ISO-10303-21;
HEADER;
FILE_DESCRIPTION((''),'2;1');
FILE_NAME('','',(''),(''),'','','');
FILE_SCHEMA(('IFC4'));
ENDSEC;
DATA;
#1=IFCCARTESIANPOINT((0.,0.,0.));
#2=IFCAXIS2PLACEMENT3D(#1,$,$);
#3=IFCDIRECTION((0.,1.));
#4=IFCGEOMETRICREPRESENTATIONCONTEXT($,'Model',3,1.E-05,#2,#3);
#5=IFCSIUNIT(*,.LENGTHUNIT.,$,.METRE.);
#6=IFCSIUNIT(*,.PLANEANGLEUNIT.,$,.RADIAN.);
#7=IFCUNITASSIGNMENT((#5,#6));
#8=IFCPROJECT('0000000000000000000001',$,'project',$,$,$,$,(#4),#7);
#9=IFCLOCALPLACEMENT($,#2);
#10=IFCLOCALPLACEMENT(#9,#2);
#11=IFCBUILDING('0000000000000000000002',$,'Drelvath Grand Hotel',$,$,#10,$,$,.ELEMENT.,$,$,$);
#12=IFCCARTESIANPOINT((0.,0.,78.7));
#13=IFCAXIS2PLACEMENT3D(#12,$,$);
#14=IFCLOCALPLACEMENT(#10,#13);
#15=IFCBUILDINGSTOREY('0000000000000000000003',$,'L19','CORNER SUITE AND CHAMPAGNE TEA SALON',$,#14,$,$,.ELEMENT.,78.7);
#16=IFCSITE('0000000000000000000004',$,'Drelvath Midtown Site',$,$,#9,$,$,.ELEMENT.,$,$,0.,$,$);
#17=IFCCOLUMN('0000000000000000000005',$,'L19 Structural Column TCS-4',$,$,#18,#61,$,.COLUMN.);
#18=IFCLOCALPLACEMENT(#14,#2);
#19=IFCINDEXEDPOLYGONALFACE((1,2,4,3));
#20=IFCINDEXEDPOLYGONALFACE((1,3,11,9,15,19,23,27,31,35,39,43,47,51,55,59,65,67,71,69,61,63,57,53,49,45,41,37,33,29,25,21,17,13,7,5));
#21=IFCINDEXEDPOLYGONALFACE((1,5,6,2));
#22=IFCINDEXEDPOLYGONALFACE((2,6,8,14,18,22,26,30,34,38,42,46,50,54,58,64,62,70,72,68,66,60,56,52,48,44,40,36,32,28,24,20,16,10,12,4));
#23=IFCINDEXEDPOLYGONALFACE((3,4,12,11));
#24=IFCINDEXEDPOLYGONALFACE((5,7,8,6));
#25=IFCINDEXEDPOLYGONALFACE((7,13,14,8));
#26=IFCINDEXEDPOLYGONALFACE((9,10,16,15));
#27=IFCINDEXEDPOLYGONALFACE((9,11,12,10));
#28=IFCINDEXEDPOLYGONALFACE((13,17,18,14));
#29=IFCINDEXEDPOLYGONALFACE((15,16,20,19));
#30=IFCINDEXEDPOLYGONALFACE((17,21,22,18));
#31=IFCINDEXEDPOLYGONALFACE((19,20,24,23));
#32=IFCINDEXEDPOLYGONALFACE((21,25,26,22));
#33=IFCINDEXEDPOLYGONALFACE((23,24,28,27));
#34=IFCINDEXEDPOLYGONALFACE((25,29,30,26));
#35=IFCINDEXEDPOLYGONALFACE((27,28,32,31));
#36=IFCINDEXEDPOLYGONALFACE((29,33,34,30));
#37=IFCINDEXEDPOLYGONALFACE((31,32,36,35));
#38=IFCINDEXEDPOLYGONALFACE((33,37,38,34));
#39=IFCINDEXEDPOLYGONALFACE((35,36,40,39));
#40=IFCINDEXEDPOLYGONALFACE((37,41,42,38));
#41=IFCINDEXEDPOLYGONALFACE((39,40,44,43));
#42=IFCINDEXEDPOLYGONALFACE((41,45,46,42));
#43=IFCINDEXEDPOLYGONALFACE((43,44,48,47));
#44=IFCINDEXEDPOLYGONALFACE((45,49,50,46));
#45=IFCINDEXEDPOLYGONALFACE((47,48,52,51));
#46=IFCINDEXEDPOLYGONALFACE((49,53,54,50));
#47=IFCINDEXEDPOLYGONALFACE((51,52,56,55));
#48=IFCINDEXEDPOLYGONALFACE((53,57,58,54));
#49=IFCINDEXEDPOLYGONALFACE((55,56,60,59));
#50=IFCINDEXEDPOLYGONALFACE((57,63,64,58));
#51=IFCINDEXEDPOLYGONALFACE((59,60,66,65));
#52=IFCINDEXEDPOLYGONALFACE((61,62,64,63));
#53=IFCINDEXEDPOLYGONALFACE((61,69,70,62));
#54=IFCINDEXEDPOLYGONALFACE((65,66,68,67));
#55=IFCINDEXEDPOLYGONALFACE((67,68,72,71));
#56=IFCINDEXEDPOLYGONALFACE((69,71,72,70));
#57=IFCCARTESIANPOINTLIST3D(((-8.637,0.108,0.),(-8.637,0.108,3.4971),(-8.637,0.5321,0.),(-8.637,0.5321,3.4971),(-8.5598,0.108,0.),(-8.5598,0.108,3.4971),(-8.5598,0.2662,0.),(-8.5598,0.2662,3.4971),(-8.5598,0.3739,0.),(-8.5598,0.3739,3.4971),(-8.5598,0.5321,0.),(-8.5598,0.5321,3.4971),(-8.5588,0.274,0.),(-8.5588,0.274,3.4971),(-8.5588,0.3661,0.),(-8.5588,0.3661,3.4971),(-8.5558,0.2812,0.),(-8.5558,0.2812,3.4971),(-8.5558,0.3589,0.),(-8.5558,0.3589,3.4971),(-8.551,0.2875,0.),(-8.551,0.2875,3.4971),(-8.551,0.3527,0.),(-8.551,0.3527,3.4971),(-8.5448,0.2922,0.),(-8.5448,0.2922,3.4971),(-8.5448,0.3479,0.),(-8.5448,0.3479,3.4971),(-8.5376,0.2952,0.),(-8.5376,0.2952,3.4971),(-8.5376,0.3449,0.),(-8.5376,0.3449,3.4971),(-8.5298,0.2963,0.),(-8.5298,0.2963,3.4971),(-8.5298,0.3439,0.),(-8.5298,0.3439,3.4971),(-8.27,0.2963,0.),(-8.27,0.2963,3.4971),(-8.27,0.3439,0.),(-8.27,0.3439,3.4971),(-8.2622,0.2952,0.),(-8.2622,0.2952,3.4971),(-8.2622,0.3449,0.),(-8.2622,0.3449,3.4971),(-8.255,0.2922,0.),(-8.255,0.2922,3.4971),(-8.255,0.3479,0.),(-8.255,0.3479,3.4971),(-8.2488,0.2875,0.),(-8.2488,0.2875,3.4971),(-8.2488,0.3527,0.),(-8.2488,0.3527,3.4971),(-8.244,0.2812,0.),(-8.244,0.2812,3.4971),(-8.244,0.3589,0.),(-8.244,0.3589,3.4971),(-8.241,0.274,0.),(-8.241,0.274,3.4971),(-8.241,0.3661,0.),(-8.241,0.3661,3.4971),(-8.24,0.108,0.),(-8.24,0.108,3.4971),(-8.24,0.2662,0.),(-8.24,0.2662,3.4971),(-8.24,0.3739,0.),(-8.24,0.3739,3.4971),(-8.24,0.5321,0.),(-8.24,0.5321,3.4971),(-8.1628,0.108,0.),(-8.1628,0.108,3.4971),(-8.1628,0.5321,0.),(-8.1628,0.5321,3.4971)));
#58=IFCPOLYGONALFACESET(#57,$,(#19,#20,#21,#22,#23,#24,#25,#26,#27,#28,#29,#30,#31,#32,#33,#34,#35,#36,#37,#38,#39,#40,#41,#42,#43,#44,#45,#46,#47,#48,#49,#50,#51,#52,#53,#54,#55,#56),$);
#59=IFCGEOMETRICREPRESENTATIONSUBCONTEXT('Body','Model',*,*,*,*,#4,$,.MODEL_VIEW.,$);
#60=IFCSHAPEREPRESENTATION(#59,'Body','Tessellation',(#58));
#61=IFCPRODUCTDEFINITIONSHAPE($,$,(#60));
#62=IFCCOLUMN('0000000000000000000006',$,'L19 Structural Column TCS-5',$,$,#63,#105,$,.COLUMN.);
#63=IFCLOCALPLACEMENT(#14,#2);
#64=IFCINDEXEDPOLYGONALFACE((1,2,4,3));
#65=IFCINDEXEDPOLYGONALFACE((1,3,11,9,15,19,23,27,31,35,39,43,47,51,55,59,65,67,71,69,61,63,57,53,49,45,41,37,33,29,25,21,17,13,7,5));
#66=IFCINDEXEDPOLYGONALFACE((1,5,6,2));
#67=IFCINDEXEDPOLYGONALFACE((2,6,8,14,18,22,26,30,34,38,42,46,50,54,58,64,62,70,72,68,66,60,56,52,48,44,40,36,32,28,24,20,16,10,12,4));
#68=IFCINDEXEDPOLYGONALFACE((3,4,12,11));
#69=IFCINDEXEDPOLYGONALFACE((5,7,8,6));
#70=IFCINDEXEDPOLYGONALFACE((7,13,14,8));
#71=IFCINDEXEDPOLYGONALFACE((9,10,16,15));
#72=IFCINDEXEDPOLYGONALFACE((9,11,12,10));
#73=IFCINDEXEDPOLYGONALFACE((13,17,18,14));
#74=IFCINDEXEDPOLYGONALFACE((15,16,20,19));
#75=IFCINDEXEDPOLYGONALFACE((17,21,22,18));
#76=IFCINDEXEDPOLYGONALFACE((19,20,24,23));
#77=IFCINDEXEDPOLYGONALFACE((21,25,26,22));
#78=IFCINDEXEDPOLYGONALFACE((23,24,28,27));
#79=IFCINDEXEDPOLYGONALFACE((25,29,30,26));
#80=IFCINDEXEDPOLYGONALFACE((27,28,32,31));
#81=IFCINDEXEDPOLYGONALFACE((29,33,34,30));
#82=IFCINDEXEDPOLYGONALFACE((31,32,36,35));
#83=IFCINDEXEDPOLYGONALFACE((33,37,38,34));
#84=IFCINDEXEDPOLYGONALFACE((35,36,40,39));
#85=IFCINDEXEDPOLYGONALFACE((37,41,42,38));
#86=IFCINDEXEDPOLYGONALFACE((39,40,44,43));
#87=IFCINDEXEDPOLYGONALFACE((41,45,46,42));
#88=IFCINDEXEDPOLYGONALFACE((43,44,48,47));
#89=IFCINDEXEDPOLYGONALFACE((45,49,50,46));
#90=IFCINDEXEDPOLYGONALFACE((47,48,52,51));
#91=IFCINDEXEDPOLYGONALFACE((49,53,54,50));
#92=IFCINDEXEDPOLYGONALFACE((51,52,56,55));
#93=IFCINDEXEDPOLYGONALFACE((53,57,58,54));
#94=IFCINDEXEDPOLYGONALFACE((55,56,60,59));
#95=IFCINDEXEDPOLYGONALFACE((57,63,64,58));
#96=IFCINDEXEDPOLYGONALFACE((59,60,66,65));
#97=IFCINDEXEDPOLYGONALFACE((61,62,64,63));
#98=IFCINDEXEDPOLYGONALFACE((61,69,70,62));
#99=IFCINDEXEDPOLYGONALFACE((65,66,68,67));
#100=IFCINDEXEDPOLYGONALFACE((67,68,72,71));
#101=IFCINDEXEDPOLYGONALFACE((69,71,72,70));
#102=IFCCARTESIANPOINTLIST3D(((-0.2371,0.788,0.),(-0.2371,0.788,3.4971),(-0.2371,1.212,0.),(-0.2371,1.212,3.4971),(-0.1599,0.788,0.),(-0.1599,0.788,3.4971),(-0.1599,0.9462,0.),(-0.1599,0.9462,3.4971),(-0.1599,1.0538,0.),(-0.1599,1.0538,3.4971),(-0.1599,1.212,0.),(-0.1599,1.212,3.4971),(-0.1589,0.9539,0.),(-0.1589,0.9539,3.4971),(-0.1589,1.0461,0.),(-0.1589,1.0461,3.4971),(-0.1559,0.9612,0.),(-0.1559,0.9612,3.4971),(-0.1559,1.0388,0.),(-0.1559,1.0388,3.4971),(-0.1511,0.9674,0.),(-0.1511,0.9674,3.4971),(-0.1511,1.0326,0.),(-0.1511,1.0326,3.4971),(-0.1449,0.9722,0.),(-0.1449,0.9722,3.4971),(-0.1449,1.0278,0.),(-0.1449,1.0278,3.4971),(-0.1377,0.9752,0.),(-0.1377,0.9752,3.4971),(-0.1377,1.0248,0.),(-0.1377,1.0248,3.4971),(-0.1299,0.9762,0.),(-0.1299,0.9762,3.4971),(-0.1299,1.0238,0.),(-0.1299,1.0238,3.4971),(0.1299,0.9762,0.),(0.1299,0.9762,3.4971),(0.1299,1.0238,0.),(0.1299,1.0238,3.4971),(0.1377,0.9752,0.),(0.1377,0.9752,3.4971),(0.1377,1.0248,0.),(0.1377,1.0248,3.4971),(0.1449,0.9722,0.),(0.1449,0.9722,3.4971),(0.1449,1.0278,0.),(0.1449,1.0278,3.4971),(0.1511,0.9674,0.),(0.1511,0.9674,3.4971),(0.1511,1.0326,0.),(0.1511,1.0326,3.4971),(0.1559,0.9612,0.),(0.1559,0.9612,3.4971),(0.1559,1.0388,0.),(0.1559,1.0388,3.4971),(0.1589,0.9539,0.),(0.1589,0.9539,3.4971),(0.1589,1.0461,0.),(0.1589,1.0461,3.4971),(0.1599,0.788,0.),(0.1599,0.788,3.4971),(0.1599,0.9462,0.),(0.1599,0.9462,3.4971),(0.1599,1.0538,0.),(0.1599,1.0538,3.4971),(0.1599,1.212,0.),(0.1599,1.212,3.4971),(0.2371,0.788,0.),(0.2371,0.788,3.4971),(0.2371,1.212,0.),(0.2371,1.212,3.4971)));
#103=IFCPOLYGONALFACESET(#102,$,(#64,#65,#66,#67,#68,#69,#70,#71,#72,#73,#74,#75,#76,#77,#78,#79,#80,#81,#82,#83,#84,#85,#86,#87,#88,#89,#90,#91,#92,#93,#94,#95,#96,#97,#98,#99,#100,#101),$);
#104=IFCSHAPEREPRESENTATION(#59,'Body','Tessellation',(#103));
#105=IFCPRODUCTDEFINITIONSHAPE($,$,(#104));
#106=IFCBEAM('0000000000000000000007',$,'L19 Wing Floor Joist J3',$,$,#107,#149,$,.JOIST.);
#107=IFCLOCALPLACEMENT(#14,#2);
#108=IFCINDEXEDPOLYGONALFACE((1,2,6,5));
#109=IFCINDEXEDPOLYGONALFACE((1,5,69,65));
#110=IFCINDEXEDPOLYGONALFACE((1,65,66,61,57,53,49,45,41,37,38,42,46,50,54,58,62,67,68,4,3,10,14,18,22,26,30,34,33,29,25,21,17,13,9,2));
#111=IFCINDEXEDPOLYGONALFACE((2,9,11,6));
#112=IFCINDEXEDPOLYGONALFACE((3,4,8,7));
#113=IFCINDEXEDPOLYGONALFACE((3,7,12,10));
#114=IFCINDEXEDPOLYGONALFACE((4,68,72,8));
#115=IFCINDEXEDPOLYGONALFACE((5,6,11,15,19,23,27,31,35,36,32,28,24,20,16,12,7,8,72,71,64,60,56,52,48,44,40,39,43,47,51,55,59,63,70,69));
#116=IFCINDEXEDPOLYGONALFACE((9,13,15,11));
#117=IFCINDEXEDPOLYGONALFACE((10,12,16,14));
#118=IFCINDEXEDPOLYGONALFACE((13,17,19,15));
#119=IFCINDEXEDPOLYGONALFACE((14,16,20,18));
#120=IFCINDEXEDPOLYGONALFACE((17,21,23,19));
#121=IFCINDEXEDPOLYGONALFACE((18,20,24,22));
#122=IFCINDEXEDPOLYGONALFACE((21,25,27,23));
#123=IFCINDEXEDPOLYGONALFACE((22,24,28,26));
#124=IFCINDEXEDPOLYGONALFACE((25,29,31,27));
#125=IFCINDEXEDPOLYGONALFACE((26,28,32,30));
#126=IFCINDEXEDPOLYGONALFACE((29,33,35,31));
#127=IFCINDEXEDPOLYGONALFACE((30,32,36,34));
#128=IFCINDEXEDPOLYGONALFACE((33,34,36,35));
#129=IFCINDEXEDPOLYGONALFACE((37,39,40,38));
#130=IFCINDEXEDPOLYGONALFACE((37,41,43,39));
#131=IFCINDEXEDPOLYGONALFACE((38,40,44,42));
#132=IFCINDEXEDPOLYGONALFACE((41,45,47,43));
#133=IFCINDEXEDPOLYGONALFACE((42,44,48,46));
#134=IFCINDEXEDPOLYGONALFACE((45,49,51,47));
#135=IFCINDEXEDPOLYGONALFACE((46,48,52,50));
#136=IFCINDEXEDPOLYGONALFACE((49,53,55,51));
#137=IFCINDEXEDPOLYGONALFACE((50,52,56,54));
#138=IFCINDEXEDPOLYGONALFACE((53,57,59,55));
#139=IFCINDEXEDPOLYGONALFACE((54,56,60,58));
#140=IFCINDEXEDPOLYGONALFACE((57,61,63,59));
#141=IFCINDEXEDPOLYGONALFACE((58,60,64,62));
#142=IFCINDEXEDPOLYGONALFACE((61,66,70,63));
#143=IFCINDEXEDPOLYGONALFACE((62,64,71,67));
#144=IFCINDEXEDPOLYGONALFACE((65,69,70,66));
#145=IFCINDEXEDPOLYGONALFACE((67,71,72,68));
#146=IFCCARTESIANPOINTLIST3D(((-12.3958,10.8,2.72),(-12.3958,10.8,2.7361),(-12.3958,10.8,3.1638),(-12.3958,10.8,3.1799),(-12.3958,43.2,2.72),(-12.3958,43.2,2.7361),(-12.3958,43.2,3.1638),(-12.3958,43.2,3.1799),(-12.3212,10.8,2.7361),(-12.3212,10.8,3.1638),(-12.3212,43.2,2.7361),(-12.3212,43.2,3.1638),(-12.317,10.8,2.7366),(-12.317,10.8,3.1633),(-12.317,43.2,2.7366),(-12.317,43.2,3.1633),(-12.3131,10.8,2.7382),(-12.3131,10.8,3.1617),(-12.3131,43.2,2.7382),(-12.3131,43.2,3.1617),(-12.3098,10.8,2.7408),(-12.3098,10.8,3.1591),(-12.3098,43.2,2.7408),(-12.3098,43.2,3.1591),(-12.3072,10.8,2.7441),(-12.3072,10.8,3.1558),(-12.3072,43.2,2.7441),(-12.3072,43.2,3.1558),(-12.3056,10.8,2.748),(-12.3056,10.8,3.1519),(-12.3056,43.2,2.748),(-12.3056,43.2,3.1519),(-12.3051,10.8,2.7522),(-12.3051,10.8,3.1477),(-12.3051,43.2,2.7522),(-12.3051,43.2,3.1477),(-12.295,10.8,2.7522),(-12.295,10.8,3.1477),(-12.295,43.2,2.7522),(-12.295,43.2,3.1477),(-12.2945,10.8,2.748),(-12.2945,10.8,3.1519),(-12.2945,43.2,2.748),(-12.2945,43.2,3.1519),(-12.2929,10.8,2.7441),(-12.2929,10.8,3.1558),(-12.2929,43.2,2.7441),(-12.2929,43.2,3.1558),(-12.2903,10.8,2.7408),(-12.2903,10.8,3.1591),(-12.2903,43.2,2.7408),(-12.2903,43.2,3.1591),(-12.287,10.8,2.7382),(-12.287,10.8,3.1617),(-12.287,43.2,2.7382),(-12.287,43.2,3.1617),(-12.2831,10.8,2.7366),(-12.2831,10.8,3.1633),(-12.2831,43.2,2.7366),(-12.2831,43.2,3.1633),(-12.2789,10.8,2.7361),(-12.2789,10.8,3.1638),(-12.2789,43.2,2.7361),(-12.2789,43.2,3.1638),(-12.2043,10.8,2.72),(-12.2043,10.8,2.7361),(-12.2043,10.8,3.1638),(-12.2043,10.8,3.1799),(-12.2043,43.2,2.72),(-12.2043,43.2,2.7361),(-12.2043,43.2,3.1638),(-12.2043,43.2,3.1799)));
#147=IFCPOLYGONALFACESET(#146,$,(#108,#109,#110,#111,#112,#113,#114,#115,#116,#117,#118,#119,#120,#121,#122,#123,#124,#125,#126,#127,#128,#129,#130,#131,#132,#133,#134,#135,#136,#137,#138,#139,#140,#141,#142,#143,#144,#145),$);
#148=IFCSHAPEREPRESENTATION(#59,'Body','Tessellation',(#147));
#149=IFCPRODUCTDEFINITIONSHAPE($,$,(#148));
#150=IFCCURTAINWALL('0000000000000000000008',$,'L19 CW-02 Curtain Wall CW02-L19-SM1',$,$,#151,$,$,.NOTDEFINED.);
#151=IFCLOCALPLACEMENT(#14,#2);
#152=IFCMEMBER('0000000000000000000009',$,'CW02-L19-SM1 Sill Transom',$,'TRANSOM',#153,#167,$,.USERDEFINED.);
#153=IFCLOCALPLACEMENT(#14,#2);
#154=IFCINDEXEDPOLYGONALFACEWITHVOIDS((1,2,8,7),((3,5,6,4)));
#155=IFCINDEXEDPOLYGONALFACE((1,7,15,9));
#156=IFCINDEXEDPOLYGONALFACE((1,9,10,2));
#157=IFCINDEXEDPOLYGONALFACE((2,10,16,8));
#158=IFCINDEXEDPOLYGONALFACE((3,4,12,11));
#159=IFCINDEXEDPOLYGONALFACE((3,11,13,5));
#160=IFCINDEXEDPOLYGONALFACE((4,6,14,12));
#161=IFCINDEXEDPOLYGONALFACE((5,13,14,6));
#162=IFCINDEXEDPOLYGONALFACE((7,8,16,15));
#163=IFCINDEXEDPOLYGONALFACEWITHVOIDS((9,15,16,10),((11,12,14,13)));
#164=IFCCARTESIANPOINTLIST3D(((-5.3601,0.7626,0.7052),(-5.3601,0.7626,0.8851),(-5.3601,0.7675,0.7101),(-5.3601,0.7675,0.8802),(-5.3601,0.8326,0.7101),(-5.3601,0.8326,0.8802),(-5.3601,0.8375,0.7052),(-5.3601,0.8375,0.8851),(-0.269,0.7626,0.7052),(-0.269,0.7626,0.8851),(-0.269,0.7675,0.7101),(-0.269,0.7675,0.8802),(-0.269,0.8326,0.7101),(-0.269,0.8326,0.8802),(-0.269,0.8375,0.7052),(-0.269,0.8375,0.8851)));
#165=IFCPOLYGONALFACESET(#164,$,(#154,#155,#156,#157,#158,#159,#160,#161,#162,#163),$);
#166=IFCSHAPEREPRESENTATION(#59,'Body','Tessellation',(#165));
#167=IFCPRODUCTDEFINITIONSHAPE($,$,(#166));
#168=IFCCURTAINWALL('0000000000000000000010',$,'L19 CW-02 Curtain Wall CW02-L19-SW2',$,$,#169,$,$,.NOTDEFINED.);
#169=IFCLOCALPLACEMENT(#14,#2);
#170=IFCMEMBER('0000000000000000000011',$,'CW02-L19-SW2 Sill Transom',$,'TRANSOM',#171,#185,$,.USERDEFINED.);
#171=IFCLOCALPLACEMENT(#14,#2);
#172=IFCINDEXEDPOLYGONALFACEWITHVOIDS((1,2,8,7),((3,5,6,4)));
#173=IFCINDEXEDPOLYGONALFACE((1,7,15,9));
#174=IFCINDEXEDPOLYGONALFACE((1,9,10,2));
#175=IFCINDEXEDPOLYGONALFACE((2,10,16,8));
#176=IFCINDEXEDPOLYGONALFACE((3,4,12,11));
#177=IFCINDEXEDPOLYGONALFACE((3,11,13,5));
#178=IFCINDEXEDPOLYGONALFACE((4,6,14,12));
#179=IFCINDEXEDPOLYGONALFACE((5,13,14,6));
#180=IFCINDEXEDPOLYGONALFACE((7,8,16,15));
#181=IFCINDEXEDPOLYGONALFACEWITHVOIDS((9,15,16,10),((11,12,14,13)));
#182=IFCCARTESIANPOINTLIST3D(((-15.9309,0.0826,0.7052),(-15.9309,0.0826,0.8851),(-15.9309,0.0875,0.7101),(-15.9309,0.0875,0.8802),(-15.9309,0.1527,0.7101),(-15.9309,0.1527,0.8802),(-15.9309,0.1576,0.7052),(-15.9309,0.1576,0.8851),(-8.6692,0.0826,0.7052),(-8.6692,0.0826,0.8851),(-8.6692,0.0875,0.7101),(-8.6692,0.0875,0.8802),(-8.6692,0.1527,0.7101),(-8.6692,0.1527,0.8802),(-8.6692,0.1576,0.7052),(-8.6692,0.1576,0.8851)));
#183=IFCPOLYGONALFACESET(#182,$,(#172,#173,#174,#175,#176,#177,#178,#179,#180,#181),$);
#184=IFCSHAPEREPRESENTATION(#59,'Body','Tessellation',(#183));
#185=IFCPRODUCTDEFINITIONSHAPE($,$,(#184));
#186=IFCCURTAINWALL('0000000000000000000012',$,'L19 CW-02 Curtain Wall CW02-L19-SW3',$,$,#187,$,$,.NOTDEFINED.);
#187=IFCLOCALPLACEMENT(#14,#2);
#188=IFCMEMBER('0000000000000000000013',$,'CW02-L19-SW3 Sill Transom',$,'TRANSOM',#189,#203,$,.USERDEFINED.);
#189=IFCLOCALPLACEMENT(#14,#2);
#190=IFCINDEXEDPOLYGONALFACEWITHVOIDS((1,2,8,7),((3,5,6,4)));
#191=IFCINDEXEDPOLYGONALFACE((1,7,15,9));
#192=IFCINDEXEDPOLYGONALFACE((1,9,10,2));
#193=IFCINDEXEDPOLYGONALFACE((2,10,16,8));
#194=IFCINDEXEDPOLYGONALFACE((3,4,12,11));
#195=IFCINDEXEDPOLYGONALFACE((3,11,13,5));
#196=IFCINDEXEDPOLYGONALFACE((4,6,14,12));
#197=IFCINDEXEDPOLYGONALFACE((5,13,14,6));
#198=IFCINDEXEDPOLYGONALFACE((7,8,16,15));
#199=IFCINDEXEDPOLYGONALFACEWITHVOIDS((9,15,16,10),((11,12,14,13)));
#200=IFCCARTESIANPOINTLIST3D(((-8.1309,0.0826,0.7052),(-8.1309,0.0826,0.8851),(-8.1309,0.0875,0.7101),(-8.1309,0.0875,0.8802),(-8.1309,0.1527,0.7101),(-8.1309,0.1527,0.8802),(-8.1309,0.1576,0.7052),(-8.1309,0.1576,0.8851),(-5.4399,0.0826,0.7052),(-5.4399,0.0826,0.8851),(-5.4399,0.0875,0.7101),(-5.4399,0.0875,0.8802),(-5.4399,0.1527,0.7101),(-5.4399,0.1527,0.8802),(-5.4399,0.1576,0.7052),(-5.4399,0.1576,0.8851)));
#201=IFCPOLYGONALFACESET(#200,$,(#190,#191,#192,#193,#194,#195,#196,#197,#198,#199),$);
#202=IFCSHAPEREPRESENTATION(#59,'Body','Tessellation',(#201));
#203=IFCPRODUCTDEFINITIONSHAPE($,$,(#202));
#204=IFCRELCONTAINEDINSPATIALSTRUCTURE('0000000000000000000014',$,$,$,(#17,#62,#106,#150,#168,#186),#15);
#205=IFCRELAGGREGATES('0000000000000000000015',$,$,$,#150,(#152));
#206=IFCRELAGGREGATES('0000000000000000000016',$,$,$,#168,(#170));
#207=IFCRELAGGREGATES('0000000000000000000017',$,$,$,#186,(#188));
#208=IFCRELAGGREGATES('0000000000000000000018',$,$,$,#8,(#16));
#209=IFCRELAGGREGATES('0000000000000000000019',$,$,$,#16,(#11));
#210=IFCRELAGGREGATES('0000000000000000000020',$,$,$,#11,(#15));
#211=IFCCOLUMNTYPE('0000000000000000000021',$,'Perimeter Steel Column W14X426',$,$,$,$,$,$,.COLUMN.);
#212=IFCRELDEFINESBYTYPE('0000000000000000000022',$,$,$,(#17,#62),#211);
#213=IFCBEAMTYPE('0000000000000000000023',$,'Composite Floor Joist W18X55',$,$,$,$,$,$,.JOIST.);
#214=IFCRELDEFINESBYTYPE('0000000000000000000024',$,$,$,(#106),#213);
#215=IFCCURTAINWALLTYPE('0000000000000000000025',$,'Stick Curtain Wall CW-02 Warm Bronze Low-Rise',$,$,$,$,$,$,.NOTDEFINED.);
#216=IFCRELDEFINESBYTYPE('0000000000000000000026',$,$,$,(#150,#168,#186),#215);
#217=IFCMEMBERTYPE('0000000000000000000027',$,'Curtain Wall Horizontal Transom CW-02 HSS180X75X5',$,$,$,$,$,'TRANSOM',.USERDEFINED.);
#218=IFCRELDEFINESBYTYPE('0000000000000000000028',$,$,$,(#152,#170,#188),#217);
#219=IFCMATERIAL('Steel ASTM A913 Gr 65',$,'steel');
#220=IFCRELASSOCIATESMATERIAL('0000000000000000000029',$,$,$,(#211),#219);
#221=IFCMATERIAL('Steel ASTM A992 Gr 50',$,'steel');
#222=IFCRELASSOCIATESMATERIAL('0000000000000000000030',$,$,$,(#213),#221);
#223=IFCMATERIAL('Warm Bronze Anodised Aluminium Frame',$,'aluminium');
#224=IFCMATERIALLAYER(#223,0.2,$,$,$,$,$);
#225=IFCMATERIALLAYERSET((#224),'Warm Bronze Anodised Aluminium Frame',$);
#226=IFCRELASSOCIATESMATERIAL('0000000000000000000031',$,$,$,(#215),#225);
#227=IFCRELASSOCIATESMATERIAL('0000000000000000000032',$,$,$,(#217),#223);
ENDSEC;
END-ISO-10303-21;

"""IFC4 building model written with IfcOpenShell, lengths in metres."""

from ifc_helpers import new_model, si_unit, direction, frame, origin, origin_2d, place, context, subcontext, project, spatial, hollow_rectangle, i_section, extrude, material, layer, layer_set, material_profile, profile_set, type_object, element, aggregate, save


model = new_model("IFC4")

# Units and contexts
model_context = context("Model", 3, precision=1e-05, world=origin(), true_north=direction((0.0, 1.0)))
body_context = subcontext(model_context, "Body", "Model", "MODEL_VIEW")
ifc_project = project(units=[si_unit("LENGTHUNIT", "METRE"), si_unit("PLANEANGLEUNIT", "RADIAN")], contexts=[model_context])

# Site, building, storey
site_placement = place(None, origin())
site = spatial("IfcSite", under=ifc_project, at=site_placement, Name="Drelvath Midtown Site", CompositionType="ELEMENT", RefElevation=0.0)
building_placement = place(site_placement, origin())
building = spatial("IfcBuilding", under=site, at=building_placement, Name="Drelvath Grand Hotel", CompositionType="ELEMENT")
storey_placement = place(building_placement, frame((0.0, 0.0, 78.7)))
storey = spatial("IfcBuildingStorey", under=building, at=storey_placement, Name="L19", Description="CORNER SUITE AND CHAMPAGNE TEA SALON", CompositionType="ELEMENT", Elevation=78.7)

# Columns
ifc_material_1 = material(Name="Steel ASTM A913 Gr 65", Category="steel")
ifc_material_profile_1 = material_profile(ifc_material_1, i_section(OverallWidth=0.4241, OverallDepth=0.4741, WebThickness=0.0476, FlangeThickness=0.0771, FilletRadius=0.03, at=origin_2d()), Name="W14X426")
ifc_profile_set_1 = profile_set([ifc_material_profile_1], Name="Steel ASTM A913 Gr 65")
column_type = type_object("IfcColumnType", Name="Perimeter Steel Column W14X426", PredefinedType="COLUMN", material=ifc_profile_set_1)
for number, where, z_axis, x_axis, name in (
    (1, (-8.3999, 0.3201, 0.0), (0.0, 0.0, 1.0), (0.0, 1.0, 0.0), "L19 Structural Column TCS-4"),
    (2, (0.0, 1.0, 0.0), (0.0, 0.0, 1.0), (0.0, 1.0, 0.0), "L19 Structural Column TCS-5"),
):
    element("IfcColumn", number, at=place(storey_placement, frame(where, z_axis=z_axis, x_axis=x_axis)), inside=storey, type_object=column_type, Name=name, PredefinedType="COLUMN", context=body_context, shape_type="SweptSolid", body=[
        extrude(i_section(OverallWidth=0.4241, OverallDepth=0.4741, WebThickness=0.0476, FlangeThickness=0.0771, FilletRadius=0.03, at=origin_2d()), origin(), (0.0, 0.0, 1.0), 3.4971),
    ])

# Beam
ifc_material_2 = material(Name="Steel ASTM A992 Gr 50", Category="steel")
ifc_material_profile_2 = material_profile(ifc_material_2, i_section(OverallWidth=0.1914, OverallDepth=0.46, WebThickness=0.01, FlangeThickness=0.0161, FilletRadius=0.0161, at=origin_2d()), Name="W18X55")
ifc_profile_set_2 = profile_set([ifc_material_profile_2], Name="Steel ASTM A992 Gr 50")
beam_type_1 = type_object("IfcBeamType", Name="Composite Floor Joist W18X55", PredefinedType="JOIST", material=ifc_profile_set_2)
beam_1_placement = place(storey_placement, frame((-12.3, 10.8, 2.95), z_axis=(0.0, 1.0, 0.0), x_axis=(-1.0, 0.0, 0.0)))
element("IfcBeam", 3, at=beam_1_placement, inside=storey, type_object=beam_type_1, Name="L19 Wing Floor Joist J3", PredefinedType="JOIST", context=body_context, shape_type="SweptSolid", body=[
    extrude(i_section(OverallWidth=0.1914, OverallDepth=0.46, WebThickness=0.01, FlangeThickness=0.0161, FilletRadius=0.0161, at=origin_2d()), origin(), (0.0, 0.0, 1.0), 32.3999),
])

# Curtain walls, members
ifc_material_3 = material(Name="Warm Bronze Anodised Aluminium Frame", Category="aluminium")
ifc_layer_1 = layer(ifc_material_3, 0.2)
ifc_layer_set_1 = layer_set([ifc_layer_1], Name="Warm Bronze Anodised Aluminium Frame")
curtain_wall_type = type_object("IfcCurtainWallType", Name="Stick Curtain Wall CW-02 Warm Bronze Low-Rise", PredefinedType="NOTDEFINED", material=ifc_layer_set_1)
curtain_wall_1_placement = place(storey_placement, origin())
curtain_wall_1 = element("IfcCurtainWall", 4, at=curtain_wall_1_placement, inside=storey, type_object=curtain_wall_type, Name="L19 CW-02 Curtain Wall CW02-L19-SM1", PredefinedType="NOTDEFINED")
ifc_material_profile_3 = material_profile(ifc_material_3, hollow_rectangle(XDim=0.075, YDim=0.1799, WallThickness=0.0049, at=origin_2d()), Name="HSS180X75X5")
ifc_profile_set_3 = profile_set([ifc_material_profile_3], Name="Warm Bronze Anodised Aluminium Frame")
member_type_1 = type_object("IfcMemberType", Name="Curtain Wall Horizontal Transom CW-02 HSS180X75X5", ElementType="TRANSOM", PredefinedType="USERDEFINED", material=ifc_profile_set_3)
member_1_placement = place(storey_placement, frame((-0.269, 0.8, 0.7952), z_axis=(-1.0, 0.0, 0.0), x_axis=(0.0, -1.0, 0.0)))
member_1 = element("IfcMember", 5, at=member_1_placement, type_object=member_type_1, Name="CW02-L19-SM1 Sill Transom", ObjectType="TRANSOM", PredefinedType="USERDEFINED", context=body_context, shape_type="SweptSolid", body=[
    extrude(hollow_rectangle(XDim=0.075, YDim=0.1799, WallThickness=0.0049, at=origin_2d()), origin(), (0.0, 0.0, 1.0), 5.0911),
])
curtain_wall_2_placement = place(storey_placement, origin())
curtain_wall_2 = element("IfcCurtainWall", 6, at=curtain_wall_2_placement, inside=storey, type_object=curtain_wall_type, Name="L19 CW-02 Curtain Wall CW02-L19-SW2", PredefinedType="NOTDEFINED")
member_2_placement = place(storey_placement, frame((-8.6692, 0.1201, 0.7952), z_axis=(-1.0, 0.0, 0.0), x_axis=(0.0, -1.0, 0.0)))
member_2 = element("IfcMember", 7, at=member_2_placement, type_object=member_type_1, Name="CW02-L19-SW2 Sill Transom", ObjectType="TRANSOM", PredefinedType="USERDEFINED", context=body_context, shape_type="SweptSolid", body=[
    extrude(hollow_rectangle(XDim=0.075, YDim=0.1799, WallThickness=0.0049, at=origin_2d()), origin(), (0.0, 0.0, 1.0), 7.2617),
])
curtain_wall_3_placement = place(storey_placement, origin())
curtain_wall_3 = element("IfcCurtainWall", 8, at=curtain_wall_3_placement, inside=storey, type_object=curtain_wall_type, Name="L19 CW-02 Curtain Wall CW02-L19-SW3", PredefinedType="NOTDEFINED")
member_3_placement = place(storey_placement, frame((-5.4399, 0.1201, 0.7952), z_axis=(-1.0, 0.0, 0.0), x_axis=(0.0, -1.0, 0.0)))
member_3 = element("IfcMember", 9, at=member_3_placement, type_object=member_type_1, Name="CW02-L19-SW3 Sill Transom", ObjectType="TRANSOM", PredefinedType="USERDEFINED", context=body_context, shape_type="SweptSolid", body=[
    extrude(hollow_rectangle(XDim=0.075, YDim=0.1799, WallThickness=0.0049, at=origin_2d()), origin(), (0.0, 0.0, 1.0), 2.6909),
])

aggregate(curtain_wall_1, [member_1])
aggregate(curtain_wall_2, [member_2])
aggregate(curtain_wall_3, [member_3])

save(model, "model.ifc")
